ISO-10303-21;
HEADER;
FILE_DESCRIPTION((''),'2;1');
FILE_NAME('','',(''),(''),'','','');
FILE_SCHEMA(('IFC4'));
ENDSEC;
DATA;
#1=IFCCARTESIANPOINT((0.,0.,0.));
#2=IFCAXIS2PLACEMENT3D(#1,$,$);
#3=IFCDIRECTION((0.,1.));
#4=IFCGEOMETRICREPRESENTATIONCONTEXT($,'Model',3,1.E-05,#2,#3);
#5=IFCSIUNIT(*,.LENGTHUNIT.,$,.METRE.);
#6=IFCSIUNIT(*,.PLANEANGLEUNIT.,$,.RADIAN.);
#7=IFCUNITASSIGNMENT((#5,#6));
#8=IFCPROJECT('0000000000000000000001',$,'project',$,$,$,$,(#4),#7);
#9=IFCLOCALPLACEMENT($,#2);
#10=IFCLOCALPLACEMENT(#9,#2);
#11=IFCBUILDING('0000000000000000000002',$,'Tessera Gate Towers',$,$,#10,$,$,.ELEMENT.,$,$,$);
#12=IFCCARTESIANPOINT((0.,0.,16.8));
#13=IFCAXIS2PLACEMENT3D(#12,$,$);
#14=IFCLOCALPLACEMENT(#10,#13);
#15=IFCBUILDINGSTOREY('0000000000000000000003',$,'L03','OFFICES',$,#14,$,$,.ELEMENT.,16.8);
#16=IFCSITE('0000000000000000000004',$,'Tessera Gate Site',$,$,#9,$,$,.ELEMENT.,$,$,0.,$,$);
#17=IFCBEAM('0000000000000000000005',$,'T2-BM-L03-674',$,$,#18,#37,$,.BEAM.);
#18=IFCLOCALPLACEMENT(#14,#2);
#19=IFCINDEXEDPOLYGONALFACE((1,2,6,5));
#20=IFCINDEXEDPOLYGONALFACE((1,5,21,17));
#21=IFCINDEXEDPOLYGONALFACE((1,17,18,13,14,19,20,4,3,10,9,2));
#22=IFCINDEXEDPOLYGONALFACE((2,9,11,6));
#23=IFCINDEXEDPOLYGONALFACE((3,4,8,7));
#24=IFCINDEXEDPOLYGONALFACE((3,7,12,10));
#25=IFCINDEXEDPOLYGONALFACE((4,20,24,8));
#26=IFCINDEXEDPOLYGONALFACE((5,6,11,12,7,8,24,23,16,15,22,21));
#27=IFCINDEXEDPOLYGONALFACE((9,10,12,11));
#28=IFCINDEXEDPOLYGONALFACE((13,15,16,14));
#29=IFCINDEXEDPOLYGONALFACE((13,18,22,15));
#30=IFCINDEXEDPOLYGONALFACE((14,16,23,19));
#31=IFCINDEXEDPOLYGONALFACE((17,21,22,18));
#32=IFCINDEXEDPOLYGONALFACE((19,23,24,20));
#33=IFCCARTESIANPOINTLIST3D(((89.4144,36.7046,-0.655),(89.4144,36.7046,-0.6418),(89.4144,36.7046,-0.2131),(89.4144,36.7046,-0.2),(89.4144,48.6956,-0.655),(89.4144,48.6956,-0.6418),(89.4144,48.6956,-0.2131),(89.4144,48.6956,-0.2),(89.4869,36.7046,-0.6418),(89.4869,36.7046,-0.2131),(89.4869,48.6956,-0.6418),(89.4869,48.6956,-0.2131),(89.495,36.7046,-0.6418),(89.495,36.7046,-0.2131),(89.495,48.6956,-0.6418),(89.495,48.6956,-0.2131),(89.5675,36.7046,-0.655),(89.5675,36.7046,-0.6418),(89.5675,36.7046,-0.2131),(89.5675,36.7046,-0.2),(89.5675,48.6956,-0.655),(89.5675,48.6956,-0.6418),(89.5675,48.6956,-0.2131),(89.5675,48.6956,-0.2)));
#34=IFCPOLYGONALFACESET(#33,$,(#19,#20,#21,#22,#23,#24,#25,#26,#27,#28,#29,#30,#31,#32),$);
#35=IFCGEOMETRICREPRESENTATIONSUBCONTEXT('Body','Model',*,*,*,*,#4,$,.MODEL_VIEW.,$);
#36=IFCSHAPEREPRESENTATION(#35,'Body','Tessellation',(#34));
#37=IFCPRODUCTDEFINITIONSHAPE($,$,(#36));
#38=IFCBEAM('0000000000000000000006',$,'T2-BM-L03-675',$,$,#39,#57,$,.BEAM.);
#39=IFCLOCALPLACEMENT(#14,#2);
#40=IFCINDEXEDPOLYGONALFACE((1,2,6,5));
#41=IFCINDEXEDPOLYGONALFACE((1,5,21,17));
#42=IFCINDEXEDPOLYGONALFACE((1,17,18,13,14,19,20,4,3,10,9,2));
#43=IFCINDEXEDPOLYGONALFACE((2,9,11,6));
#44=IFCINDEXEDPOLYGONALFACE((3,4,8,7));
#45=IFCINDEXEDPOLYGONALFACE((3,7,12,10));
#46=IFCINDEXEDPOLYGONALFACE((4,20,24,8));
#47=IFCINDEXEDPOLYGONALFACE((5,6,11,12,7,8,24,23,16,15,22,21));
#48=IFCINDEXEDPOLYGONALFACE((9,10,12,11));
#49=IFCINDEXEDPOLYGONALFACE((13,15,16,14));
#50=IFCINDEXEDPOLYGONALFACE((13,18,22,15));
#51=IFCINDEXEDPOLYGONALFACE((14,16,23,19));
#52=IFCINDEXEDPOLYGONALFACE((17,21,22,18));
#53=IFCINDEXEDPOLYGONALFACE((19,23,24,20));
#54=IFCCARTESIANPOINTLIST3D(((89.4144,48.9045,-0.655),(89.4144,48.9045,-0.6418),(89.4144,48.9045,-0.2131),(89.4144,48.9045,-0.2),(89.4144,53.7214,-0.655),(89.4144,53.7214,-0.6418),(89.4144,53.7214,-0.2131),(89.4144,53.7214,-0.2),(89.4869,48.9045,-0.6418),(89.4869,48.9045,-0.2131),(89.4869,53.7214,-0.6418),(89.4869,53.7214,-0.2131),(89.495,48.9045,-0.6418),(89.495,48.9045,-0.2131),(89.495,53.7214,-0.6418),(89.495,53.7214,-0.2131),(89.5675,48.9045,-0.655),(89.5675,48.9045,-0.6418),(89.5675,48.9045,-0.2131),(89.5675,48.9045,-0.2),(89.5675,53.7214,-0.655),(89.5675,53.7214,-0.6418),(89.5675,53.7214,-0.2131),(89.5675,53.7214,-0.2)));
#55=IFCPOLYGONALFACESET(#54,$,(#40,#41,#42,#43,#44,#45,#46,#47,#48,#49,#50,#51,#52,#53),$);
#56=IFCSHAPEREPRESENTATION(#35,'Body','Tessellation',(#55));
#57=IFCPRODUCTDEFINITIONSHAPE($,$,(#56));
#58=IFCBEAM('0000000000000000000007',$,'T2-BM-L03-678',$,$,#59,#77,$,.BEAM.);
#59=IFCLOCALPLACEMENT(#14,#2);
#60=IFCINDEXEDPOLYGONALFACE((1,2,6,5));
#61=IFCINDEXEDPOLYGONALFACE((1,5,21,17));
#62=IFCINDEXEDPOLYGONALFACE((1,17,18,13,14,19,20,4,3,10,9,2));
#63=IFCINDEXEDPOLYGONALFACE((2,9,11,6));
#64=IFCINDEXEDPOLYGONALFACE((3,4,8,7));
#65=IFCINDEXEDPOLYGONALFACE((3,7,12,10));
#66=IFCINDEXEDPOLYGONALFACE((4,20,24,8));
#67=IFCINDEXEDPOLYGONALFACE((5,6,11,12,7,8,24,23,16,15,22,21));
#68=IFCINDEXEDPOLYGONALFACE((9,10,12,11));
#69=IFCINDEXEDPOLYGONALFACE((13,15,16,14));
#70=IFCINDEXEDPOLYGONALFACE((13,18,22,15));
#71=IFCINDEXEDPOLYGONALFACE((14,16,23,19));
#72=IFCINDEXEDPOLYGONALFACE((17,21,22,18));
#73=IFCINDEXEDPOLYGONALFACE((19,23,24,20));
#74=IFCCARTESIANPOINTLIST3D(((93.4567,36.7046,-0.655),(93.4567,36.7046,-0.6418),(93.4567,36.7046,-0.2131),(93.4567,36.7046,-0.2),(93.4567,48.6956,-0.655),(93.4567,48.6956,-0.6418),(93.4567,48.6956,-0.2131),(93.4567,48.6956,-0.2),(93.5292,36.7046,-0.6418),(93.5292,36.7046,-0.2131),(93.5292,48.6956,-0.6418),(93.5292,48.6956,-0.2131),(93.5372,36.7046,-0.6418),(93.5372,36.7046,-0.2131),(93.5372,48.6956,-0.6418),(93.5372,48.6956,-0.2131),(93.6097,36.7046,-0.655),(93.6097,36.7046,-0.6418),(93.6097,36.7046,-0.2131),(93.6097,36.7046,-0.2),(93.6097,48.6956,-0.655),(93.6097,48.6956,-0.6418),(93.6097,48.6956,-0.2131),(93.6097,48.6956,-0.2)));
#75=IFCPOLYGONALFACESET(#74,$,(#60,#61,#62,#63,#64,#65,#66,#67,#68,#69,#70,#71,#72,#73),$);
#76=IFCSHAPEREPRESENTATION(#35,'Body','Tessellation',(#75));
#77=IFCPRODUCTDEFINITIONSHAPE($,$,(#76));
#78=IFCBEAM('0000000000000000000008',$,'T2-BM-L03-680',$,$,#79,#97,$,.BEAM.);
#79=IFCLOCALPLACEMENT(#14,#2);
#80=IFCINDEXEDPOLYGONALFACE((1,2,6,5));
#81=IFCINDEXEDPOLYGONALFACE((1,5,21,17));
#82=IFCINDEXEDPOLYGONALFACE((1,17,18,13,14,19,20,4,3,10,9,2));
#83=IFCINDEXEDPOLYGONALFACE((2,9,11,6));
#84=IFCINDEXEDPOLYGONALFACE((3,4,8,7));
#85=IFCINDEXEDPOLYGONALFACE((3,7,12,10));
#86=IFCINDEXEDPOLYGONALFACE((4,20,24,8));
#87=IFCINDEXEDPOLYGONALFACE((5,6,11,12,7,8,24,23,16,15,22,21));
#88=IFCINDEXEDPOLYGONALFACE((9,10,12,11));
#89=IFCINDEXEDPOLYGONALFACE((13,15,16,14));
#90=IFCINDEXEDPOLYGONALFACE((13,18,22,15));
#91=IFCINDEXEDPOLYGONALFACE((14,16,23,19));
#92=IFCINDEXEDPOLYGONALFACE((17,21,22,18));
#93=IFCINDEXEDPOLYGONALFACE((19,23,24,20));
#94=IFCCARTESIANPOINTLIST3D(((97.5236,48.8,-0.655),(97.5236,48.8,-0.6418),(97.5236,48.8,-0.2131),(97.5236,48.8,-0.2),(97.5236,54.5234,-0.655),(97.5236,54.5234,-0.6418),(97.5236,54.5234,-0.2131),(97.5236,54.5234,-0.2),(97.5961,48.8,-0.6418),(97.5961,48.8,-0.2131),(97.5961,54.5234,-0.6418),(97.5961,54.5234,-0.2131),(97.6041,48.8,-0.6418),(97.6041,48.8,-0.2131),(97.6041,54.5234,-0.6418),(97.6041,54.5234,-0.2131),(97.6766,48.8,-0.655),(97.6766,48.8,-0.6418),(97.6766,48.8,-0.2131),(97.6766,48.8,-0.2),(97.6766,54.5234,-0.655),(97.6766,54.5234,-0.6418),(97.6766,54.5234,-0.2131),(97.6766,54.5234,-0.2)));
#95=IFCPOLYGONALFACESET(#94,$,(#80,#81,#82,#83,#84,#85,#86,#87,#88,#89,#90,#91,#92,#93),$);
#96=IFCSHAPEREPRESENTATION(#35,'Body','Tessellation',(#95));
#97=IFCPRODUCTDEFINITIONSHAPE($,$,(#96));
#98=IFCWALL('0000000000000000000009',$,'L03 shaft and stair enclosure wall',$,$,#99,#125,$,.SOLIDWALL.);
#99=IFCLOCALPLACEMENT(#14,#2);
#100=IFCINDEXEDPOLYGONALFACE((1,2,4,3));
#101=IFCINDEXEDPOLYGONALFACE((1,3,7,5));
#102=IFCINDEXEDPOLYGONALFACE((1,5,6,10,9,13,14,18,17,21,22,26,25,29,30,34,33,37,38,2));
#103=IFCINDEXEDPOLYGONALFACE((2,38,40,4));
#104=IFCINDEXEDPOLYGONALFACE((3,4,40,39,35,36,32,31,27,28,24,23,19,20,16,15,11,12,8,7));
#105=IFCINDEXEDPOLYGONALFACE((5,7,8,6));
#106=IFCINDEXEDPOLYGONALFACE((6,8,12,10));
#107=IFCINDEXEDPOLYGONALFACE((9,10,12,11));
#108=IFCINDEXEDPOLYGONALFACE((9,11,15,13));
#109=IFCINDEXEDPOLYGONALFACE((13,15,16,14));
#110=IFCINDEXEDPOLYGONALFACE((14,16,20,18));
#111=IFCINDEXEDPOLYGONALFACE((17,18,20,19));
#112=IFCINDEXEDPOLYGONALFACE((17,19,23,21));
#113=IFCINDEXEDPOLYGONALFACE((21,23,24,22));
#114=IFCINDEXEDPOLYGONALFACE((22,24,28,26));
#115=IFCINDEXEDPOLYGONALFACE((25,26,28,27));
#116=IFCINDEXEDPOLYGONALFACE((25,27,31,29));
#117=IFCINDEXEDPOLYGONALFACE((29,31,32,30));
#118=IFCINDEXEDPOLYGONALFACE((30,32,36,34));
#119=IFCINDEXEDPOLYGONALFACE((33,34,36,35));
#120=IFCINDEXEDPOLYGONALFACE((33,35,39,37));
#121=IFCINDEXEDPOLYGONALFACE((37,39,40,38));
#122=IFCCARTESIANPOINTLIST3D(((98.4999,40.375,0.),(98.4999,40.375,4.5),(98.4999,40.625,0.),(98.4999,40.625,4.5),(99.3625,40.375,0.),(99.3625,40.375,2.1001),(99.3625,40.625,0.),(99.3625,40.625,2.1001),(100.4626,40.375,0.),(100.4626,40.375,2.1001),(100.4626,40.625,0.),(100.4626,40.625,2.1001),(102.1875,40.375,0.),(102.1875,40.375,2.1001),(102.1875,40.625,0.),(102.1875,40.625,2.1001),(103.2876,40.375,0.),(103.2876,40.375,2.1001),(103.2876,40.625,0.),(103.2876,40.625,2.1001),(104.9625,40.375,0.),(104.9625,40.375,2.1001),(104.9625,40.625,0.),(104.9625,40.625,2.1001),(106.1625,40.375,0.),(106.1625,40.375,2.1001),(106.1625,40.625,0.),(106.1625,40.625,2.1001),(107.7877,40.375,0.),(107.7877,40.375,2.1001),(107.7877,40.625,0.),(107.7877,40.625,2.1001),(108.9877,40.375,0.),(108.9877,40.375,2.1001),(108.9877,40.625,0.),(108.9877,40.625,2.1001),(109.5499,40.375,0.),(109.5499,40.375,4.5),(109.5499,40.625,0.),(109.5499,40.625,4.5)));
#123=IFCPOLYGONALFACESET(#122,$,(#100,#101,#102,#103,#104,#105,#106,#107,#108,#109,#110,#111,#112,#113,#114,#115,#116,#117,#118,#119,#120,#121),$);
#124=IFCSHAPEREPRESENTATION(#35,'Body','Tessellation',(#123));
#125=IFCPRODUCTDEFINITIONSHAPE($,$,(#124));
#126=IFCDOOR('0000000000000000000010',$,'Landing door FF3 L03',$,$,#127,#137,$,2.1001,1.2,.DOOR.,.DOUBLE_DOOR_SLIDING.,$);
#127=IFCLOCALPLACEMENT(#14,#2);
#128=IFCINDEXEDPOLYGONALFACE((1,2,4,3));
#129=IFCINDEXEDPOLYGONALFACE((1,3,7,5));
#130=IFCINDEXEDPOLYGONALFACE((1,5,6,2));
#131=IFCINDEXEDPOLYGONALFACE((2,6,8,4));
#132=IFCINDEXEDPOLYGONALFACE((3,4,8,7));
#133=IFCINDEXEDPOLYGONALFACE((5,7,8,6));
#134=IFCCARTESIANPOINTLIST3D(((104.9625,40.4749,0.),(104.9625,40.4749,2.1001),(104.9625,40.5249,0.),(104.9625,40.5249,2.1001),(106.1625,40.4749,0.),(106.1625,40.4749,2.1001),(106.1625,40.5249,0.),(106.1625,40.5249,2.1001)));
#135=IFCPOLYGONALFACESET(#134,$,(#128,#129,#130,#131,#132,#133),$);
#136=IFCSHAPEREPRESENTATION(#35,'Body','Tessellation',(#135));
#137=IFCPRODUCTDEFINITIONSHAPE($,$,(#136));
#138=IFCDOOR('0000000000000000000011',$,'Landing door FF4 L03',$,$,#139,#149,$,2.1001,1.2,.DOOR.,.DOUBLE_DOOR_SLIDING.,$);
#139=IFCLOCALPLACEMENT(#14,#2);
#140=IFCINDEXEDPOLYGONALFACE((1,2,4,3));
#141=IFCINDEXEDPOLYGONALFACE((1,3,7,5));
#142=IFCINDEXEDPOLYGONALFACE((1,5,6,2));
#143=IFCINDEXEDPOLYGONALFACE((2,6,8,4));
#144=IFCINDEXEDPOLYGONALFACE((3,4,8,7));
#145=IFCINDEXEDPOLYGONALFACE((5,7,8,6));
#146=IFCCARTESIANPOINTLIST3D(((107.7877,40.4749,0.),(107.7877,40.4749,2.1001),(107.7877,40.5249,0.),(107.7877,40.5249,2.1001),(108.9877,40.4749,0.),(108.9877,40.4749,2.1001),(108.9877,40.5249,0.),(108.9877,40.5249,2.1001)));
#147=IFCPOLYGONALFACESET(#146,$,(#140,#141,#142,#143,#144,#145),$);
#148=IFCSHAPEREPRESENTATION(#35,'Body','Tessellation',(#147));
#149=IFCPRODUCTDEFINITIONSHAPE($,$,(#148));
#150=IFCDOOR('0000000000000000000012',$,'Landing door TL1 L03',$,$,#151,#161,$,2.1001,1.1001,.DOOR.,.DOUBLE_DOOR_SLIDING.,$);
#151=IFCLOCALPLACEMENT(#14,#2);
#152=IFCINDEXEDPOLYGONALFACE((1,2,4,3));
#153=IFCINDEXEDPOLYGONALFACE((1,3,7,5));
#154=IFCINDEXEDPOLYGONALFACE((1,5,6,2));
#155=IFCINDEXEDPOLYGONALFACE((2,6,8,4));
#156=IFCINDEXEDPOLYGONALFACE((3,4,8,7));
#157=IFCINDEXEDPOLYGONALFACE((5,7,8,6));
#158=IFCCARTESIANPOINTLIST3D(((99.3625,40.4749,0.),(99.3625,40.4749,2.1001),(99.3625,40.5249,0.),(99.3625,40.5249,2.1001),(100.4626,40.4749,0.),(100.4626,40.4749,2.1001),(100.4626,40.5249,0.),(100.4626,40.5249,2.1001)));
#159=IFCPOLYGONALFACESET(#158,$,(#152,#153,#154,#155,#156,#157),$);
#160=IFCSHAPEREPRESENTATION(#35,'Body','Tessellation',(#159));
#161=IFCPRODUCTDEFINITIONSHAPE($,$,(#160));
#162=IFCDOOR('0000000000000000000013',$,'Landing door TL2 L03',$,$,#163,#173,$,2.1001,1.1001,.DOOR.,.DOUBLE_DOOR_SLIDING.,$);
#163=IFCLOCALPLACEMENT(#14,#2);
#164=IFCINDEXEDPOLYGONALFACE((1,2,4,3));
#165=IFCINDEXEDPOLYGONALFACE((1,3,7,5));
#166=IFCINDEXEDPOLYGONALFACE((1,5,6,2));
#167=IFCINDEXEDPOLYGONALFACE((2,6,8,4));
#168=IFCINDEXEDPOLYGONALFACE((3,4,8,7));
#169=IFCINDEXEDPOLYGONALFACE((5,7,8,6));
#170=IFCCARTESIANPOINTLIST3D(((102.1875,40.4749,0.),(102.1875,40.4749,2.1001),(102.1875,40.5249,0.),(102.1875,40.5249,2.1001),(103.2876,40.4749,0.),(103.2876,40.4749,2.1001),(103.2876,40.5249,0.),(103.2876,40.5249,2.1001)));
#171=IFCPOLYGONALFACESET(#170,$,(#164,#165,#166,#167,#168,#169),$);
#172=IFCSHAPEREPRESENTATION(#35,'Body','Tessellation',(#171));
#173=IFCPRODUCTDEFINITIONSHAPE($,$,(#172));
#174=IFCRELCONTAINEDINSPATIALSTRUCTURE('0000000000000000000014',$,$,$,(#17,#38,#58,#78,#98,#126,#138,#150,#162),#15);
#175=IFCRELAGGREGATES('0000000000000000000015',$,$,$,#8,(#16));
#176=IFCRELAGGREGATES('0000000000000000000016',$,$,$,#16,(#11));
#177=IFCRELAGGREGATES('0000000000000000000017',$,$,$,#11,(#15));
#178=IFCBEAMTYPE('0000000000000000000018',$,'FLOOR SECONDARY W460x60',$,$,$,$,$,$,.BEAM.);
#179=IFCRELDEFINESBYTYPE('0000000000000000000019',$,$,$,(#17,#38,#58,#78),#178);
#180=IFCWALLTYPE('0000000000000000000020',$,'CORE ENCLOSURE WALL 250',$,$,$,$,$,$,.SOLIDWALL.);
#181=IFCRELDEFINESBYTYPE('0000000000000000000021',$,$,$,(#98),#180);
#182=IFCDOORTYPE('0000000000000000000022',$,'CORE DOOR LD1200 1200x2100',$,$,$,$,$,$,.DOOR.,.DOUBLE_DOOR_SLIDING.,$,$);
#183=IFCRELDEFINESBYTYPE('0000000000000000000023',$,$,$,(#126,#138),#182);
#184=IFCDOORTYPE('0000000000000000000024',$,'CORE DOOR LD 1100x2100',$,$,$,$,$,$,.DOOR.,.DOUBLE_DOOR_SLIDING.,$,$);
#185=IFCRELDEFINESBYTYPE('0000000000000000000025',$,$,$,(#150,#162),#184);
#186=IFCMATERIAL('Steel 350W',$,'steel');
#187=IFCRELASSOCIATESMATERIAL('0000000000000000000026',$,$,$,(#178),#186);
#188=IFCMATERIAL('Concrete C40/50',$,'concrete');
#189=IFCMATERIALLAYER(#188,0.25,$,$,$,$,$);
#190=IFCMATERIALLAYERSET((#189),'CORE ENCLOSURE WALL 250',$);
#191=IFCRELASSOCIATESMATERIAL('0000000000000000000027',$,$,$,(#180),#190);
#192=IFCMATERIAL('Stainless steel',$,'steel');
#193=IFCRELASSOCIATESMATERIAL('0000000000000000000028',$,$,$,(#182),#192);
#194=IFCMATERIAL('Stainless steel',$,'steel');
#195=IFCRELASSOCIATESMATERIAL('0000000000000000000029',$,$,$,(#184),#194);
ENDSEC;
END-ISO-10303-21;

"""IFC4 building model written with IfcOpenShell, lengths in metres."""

from ifc_helpers import new_model, si_unit, direction, frame, frame_2d, origin, origin_2d, place, context, subcontext, project, spatial, rectangle, i_section, extrude, source, transform, mapped, material, layer, layer_set, material_profile, profile_set, type_object, element, fill, save


model = new_model("IFC4")

# Units and contexts
model_context = context("Model", 3, precision=1e-05, world=origin(), true_north=direction((0.0, 1.0)))
body_context = subcontext(model_context, "Body", "Model", "MODEL_VIEW")
ifc_project = project(units=[si_unit("LENGTHUNIT", "METRE"), si_unit("PLANEANGLEUNIT", "RADIAN")], contexts=[model_context])

# Site, building, storey
site_placement = place(None, origin())
site = spatial("IfcSite", under=ifc_project, at=site_placement, Name="Tessera Gate Site", CompositionType="ELEMENT", RefElevation=0.0)
building_placement = place(site_placement, origin())
building = spatial("IfcBuilding", under=site, at=building_placement, Name="Tessera Gate Towers", CompositionType="ELEMENT")
storey_placement = place(building_placement, frame((0.0, 0.0, 16.8)))
storey = spatial("IfcBuildingStorey", under=building, at=storey_placement, Name="L03", Description="OFFICES", CompositionType="ELEMENT", Elevation=16.8)

# Beams
ifc_material_1 = material(Name="Steel 350W", Category="steel")
ifc_material_profile = material_profile(ifc_material_1, i_section(OverallWidth=0.1531, OverallDepth=0.4551, WebThickness=0.0081, FlangeThickness=0.0132, at=origin_2d()), Name="W460x60")
ifc_profile_set = profile_set([ifc_material_profile], Name="Steel 350W")
beam_type = type_object("IfcBeamType", Name="FLOOR SECONDARY W460x60", PredefinedType="BEAM", material=ifc_profile_set)
beam_1_placement = place(storey_placement, frame((89.491, 36.7046, -0.4275), z_axis=(0.0, 1.0, 0.0), x_axis=(-1.0, 0.0, 0.0)))
element("IfcBeam", 1, at=beam_1_placement, inside=storey, type_object=beam_type, Name="T2-BM-L03-674", PredefinedType="BEAM", context=body_context, shape_type="SweptSolid", body=[
    extrude(i_section(OverallWidth=0.1531, OverallDepth=0.4551, WebThickness=0.0081, FlangeThickness=0.0132, at=origin_2d()), origin(), (0.0, 0.0, 1.0), 11.991),
])
beam_2_placement = place(storey_placement, frame((89.491, 48.9045, -0.4275), z_axis=(0.0, 1.0, 0.0), x_axis=(-1.0, 0.0, 0.0)))
element("IfcBeam", 2, at=beam_2_placement, inside=storey, type_object=beam_type, Name="T2-BM-L03-675", PredefinedType="BEAM", context=body_context, shape_type="SweptSolid", body=[
    extrude(i_section(OverallWidth=0.1531, OverallDepth=0.4551, WebThickness=0.0081, FlangeThickness=0.0132, at=origin_2d()), origin(), (0.0, 0.0, 1.0), 4.8169),
])
beam_3_placement = place(storey_placement, frame((93.5332, 36.7046, -0.4275), z_axis=(0.0, 1.0, 0.0), x_axis=(-1.0, 0.0, 0.0)))
element("IfcBeam", 3, at=beam_3_placement, inside=storey, type_object=beam_type, Name="T2-BM-L03-678", PredefinedType="BEAM", context=body_context, shape_type="SweptSolid", body=[
    extrude(i_section(OverallWidth=0.1531, OverallDepth=0.4551, WebThickness=0.0081, FlangeThickness=0.0132, at=origin_2d()), origin(), (0.0, 0.0, 1.0), 11.991),
])
beam_4_placement = place(storey_placement, frame((97.6001, 48.8, -0.4275), z_axis=(0.0, 1.0, 0.0), x_axis=(-1.0, 0.0, 0.0)))
element("IfcBeam", 4, at=beam_4_placement, inside=storey, type_object=beam_type, Name="T2-BM-L03-680", PredefinedType="BEAM", context=body_context, shape_type="SweptSolid", body=[
    extrude(i_section(OverallWidth=0.1531, OverallDepth=0.4551, WebThickness=0.0081, FlangeThickness=0.0132, at=origin_2d()), origin(), (0.0, 0.0, 1.0), 5.7234),
])

# Wall, openings, doors
ifc_material_2 = material(Name="Concrete C40/50", Category="concrete")
ifc_layer_1 = layer(ifc_material_2, 0.25)
ifc_layer_set_1 = layer_set([ifc_layer_1], Name="CORE ENCLOSURE WALL 250")
wall_type_1 = type_object("IfcWallType", Name="CORE ENCLOSURE WALL 250", PredefinedType="SOLIDWALL", material=ifc_layer_set_1)
wall_1_placement = place(storey_placement, frame((98.5, 40.5, 0.0), z_axis=(0.0, 0.0, 1.0), x_axis=(1.0, 0.0, 0.0)))
wall_1 = element("IfcWall", 5, at=wall_1_placement, inside=storey, type_object=wall_type_1, Name="L03 shaft and stair enclosure wall", PredefinedType="SOLIDWALL", context=body_context, shape_type="SweptSolid", body=[
    extrude(rectangle(XDim=11.05, YDim=0.25, at=frame_2d((5.5249, 0.0))), origin(), (0.0, 0.0, 1.0), 4.5),
])
shared_shape_1 = source(origin(), body_context, "Body", "SweptSolid", [
    extrude(rectangle(XDim=1.1001, YDim=2.1001, at=frame_2d((0.55, 1.05))), frame((0.0, 0.135, 0.0), z_axis=(0.0, -1.0, 0.0), x_axis=(1.0, 0.0, 0.0)), (0.0, 0.0, 1.0), 0.27),
])
opening_1_placement = place(wall_1_placement, frame((0.8625, 0.0, 0.0)))
opening_1 = element("IfcOpeningElement", 6, at=opening_1_placement, cuts=wall_1, PredefinedType="OPENING", context=body_context, shape_type="MappedRepresentation", body=[
    mapped(shared_shape_1, transform((0.0, 0.0, 0.0), scale=1.0)),
])
opening_2_placement = place(wall_1_placement, frame((3.6875, 0.0, 0.0)))
opening_2 = element("IfcOpeningElement", 7, at=opening_2_placement, cuts=wall_1, PredefinedType="OPENING", context=body_context, shape_type="MappedRepresentation", body=[
    mapped(shared_shape_1, transform((0.0, 0.0, 0.0), scale=1.0)),
])
shared_shape_2 = source(origin(), body_context, "Body", "SweptSolid", [
    extrude(rectangle(XDim=1.2, YDim=2.1001, at=frame_2d((0.6001, 1.05))), frame((0.0, 0.135, 0.0), z_axis=(0.0, -1.0, 0.0), x_axis=(1.0, 0.0, 0.0)), (0.0, 0.0, 1.0), 0.27),
])
opening_3_placement = place(wall_1_placement, frame((6.4624, 0.0, 0.0)))
opening_3 = element("IfcOpeningElement", 8, at=opening_3_placement, cuts=wall_1, PredefinedType="OPENING", context=body_context, shape_type="MappedRepresentation", body=[
    mapped(shared_shape_2, transform((0.0, 0.0, 0.0), scale=1.0)),
])
opening_4_placement = place(wall_1_placement, frame((9.2876, 0.0, 0.0)))
opening_4 = element("IfcOpeningElement", 9, at=opening_4_placement, cuts=wall_1, PredefinedType="OPENING", context=body_context, shape_type="MappedRepresentation", body=[
    mapped(shared_shape_2, transform((0.0, 0.0, 0.0), scale=1.0)),
])
ifc_material_3 = material(Name="Stainless steel", Category="steel")
door_type_1 = type_object("IfcDoorType", Name="CORE DOOR LD1200 1200x2100", OperationType="DOUBLE_DOOR_SLIDING", PredefinedType="DOOR", material=ifc_material_3)
shared_shape_3 = source(origin(), body_context, "Body", "SweptSolid", [
    extrude(rectangle(XDim=1.2, YDim=2.1001, at=frame_2d((0.6001, 1.05))), frame((0.0, 0.0249, 0.0), z_axis=(0.0, -1.0, 0.0), x_axis=(1.0, 0.0, 0.0)), (0.0, 0.0, 1.0), 0.05),
])
door_1_placement = place(opening_3_placement, origin())
door_1 = element("IfcDoor", 10, at=door_1_placement, inside=storey, type_object=door_type_1, Name="Landing door FF3 L03", OperationType="DOUBLE_DOOR_SLIDING", OverallHeight=2.1001, OverallWidth=1.2, PredefinedType="DOOR", context=body_context, shape_type="MappedRepresentation", body=[
    mapped(shared_shape_3, transform((0.0, 0.0, 0.0), scale=1.0)),
])
fill(opening_3, door_1)
door_2_placement = place(opening_4_placement, origin())
door_2 = element("IfcDoor", 11, at=door_2_placement, inside=storey, type_object=door_type_1, Name="Landing door FF4 L03", OperationType="DOUBLE_DOOR_SLIDING", OverallHeight=2.1001, OverallWidth=1.2, PredefinedType="DOOR", context=body_context, shape_type="MappedRepresentation", body=[
    mapped(shared_shape_3, transform((0.0, 0.0, 0.0), scale=1.0)),
])
fill(opening_4, door_2)
ifc_material_4 = material(Name="Stainless steel", Category="steel")
door_type_2 = type_object("IfcDoorType", Name="CORE DOOR LD 1100x2100", OperationType="DOUBLE_DOOR_SLIDING", PredefinedType="DOOR", material=ifc_material_4)
shared_shape_4 = source(origin(), body_context, "Body", "SweptSolid", [
    extrude(rectangle(XDim=1.1001, YDim=2.1001, at=frame_2d((0.55, 1.05))), frame((0.0, 0.0249, 0.0), z_axis=(0.0, -1.0, 0.0), x_axis=(1.0, 0.0, 0.0)), (0.0, 0.0, 1.0), 0.05),
])
door_3_placement = place(opening_1_placement, origin())
door_3 = element("IfcDoor", 12, at=door_3_placement, inside=storey, type_object=door_type_2, Name="Landing door TL1 L03", OperationType="DOUBLE_DOOR_SLIDING", OverallHeight=2.1001, OverallWidth=1.1001, PredefinedType="DOOR", context=body_context, shape_type="MappedRepresentation", body=[
    mapped(shared_shape_4, transform((0.0, 0.0, 0.0), scale=1.0)),
])
fill(opening_1, door_3)
door_4_placement = place(opening_2_placement, origin())
door_4 = element("IfcDoor", 13, at=door_4_placement, inside=storey, type_object=door_type_2, Name="Landing door TL2 L03", OperationType="DOUBLE_DOOR_SLIDING", OverallHeight=2.1001, OverallWidth=1.1001, PredefinedType="DOOR", context=body_context, shape_type="MappedRepresentation", body=[
    mapped(shared_shape_4, transform((0.0, 0.0, 0.0), scale=1.0)),
])
fill(opening_2, door_4)

save(model, "model.ifc")
